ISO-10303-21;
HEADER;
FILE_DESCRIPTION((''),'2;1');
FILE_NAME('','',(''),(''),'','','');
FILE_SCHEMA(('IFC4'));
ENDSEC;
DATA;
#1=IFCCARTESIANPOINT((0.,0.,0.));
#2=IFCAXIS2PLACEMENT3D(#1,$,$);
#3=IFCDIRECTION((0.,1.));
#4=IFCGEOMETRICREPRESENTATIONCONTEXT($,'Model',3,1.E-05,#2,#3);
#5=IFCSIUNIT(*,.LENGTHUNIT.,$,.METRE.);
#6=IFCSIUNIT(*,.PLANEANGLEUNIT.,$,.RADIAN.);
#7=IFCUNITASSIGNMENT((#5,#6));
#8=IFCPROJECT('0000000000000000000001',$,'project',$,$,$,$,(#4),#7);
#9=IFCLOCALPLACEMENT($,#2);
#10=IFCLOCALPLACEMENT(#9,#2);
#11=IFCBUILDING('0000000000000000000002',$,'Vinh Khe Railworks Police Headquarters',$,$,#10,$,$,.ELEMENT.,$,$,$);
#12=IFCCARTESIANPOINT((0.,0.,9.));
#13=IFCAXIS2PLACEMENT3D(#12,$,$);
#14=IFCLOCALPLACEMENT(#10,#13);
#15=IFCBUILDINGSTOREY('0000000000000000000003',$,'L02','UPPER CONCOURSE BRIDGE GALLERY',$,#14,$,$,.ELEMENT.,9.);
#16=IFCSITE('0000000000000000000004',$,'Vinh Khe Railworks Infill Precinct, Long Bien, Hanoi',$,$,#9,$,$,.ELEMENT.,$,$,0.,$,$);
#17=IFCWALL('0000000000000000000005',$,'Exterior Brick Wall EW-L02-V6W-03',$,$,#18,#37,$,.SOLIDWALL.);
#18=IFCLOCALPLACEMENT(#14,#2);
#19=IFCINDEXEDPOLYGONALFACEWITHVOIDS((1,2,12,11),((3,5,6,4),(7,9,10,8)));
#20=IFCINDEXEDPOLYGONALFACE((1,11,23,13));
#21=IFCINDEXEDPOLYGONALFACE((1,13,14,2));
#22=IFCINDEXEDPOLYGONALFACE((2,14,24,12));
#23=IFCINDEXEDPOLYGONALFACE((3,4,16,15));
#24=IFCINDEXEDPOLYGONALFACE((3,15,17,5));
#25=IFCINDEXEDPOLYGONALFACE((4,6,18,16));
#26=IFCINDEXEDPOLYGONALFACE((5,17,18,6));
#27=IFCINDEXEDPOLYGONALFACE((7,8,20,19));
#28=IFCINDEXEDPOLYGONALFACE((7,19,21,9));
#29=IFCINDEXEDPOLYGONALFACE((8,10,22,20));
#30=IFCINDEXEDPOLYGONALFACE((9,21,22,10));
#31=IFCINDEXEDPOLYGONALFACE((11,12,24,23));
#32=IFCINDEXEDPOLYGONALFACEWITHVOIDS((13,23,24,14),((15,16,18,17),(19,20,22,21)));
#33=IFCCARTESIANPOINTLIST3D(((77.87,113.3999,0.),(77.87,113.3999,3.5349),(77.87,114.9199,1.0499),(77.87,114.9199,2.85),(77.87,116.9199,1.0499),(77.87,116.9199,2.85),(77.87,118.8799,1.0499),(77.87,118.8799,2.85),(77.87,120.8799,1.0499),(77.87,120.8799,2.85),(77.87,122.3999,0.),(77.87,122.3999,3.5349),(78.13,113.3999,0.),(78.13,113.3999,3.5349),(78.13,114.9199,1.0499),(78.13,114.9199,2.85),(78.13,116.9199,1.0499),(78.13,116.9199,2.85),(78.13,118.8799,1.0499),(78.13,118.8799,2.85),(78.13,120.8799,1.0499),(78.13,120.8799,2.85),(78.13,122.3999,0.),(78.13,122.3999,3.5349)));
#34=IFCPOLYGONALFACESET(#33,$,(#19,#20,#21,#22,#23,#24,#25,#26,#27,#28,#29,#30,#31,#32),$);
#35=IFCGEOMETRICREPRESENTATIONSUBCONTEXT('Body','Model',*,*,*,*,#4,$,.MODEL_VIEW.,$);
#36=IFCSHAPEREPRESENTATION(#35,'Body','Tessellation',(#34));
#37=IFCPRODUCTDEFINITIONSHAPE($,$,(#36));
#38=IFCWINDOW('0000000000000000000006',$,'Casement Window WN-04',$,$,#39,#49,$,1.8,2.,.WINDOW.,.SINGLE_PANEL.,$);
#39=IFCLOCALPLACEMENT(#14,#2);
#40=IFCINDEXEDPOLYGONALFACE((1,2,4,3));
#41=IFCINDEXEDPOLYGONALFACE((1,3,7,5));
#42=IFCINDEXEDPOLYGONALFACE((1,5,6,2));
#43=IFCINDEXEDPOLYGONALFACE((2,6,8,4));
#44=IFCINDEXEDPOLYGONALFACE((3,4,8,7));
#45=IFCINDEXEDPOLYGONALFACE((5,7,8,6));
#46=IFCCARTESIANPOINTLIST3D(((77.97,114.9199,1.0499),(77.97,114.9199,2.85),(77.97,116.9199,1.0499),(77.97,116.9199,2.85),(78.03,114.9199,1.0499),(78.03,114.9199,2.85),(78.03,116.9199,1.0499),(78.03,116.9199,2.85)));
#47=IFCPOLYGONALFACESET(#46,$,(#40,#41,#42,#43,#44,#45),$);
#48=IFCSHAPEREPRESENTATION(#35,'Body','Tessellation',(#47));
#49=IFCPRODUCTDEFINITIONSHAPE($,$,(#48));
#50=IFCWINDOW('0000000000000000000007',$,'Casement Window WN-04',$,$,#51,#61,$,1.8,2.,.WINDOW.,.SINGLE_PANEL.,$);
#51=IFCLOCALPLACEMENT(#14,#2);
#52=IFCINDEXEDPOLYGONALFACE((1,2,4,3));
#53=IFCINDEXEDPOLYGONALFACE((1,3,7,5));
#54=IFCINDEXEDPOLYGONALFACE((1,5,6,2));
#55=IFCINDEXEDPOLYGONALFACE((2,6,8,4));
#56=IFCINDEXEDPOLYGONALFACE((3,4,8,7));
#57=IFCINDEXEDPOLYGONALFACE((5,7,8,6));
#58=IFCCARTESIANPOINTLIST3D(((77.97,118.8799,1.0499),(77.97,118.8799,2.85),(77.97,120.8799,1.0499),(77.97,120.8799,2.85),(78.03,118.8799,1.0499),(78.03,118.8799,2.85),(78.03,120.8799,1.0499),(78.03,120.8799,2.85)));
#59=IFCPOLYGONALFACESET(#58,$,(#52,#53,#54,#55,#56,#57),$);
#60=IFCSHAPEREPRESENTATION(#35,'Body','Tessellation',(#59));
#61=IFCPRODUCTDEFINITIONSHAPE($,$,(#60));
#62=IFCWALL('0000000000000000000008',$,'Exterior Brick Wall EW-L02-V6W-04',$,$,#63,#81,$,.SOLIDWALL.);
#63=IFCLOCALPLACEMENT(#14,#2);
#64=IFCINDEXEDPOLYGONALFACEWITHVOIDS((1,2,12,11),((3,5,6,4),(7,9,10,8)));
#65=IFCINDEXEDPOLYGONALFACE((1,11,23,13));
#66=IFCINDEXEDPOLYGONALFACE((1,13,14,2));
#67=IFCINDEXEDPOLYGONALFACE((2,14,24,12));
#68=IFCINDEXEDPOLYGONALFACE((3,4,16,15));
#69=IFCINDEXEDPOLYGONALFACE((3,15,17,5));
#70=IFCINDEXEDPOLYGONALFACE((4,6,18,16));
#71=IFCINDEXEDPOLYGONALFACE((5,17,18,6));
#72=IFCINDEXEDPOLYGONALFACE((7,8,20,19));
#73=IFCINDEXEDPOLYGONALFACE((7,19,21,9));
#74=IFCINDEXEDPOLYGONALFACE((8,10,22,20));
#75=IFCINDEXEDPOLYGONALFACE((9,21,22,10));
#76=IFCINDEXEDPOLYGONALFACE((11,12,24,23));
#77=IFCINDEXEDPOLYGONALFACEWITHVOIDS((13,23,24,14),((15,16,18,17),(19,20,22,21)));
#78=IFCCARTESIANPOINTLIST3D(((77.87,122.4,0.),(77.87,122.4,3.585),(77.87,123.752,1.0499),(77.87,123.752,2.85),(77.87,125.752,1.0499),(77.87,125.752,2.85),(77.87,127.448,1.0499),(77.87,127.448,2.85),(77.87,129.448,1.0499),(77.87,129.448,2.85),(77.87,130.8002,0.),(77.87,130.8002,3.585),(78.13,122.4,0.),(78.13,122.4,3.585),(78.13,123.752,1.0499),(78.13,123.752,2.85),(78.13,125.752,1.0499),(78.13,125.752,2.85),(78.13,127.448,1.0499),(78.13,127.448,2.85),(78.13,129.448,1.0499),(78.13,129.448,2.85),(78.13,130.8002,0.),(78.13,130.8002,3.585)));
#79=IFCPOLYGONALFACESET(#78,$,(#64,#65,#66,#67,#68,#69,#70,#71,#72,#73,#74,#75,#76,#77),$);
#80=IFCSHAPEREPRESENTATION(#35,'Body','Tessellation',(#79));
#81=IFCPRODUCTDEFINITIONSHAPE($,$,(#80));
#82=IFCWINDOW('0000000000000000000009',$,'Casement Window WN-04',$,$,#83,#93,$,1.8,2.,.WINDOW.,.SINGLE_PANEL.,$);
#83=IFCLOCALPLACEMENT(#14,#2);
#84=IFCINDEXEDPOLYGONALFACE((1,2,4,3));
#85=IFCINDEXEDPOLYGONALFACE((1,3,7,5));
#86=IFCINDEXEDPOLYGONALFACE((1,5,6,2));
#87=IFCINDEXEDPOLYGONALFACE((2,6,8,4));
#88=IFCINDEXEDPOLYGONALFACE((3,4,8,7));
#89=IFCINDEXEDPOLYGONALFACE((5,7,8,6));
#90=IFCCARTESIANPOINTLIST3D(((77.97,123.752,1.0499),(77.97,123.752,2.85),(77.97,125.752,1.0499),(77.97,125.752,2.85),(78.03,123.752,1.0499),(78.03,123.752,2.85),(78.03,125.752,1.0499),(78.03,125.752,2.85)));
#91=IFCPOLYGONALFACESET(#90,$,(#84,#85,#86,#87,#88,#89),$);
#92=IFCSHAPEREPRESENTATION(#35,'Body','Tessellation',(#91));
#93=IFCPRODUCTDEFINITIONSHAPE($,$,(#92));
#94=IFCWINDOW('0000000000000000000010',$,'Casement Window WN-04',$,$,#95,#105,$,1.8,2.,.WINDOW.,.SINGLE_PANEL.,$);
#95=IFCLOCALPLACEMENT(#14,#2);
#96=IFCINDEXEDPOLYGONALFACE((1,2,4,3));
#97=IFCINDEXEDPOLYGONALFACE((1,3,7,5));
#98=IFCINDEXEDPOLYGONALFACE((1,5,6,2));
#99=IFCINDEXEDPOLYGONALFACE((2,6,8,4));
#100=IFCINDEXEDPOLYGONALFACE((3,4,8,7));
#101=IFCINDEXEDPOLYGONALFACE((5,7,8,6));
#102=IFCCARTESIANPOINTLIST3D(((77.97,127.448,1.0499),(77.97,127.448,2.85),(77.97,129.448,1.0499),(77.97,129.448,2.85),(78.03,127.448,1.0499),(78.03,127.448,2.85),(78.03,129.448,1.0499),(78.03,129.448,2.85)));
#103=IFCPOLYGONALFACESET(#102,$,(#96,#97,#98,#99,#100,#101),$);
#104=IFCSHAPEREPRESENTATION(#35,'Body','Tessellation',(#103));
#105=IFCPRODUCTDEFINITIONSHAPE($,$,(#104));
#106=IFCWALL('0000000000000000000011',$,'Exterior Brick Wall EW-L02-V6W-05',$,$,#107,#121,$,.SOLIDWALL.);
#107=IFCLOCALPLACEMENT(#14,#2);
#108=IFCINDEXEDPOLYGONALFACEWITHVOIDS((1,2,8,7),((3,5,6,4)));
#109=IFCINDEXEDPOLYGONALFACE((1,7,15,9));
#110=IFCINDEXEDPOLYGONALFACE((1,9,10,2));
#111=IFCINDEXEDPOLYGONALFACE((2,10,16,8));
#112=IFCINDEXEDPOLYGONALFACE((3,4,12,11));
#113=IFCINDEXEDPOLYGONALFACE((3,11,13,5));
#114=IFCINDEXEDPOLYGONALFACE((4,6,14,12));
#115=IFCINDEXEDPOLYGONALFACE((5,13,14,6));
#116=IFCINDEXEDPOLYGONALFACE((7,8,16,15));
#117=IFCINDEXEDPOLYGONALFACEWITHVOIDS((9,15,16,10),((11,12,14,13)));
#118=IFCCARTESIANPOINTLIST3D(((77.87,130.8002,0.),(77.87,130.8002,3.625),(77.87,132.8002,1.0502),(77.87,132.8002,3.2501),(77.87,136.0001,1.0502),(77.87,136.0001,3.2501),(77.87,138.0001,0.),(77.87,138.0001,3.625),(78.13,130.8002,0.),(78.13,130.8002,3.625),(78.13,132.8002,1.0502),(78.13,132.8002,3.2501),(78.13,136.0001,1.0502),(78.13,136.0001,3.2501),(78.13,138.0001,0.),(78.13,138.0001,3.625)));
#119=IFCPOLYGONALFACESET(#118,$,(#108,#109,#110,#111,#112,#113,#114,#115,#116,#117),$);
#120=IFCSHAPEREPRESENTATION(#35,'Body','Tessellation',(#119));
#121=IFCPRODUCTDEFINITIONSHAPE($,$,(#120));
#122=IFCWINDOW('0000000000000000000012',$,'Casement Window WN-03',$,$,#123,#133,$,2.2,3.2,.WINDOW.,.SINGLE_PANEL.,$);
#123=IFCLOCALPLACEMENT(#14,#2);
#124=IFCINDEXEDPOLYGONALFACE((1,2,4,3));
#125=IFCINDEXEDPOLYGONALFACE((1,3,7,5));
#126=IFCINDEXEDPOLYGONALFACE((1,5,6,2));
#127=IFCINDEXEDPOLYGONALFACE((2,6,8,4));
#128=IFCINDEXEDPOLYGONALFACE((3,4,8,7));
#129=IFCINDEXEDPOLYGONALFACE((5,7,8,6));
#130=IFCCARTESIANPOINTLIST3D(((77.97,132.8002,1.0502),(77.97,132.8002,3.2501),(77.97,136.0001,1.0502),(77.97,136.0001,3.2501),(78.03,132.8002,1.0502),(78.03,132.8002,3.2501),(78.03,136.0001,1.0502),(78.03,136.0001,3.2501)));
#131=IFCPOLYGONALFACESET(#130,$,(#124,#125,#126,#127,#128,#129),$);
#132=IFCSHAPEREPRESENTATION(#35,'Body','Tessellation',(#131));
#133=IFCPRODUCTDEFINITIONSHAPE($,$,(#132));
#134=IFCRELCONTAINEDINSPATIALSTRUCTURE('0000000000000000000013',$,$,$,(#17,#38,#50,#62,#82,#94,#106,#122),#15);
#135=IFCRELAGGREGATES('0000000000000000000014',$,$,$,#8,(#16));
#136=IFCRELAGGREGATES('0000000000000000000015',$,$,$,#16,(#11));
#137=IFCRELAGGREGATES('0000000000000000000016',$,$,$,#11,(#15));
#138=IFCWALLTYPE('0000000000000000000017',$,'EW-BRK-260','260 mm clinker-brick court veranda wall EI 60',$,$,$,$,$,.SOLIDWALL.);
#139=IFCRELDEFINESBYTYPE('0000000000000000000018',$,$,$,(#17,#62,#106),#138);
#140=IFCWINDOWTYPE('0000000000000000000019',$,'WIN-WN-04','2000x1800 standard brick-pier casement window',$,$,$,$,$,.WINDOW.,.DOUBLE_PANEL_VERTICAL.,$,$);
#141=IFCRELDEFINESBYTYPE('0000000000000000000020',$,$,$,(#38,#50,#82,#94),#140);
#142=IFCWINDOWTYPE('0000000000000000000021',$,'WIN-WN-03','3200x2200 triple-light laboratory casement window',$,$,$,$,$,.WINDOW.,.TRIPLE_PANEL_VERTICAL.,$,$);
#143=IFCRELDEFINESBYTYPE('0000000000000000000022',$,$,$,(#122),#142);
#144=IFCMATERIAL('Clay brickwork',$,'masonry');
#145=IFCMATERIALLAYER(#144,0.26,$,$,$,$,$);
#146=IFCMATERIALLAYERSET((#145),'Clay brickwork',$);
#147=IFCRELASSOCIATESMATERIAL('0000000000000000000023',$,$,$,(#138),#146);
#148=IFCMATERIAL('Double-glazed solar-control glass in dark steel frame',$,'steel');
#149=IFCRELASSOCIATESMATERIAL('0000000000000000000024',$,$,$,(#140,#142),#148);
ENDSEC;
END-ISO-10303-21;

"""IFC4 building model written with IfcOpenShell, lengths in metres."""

from ifc_helpers import new_model, si_unit, direction, frame, frame_2d, origin, place, context, subcontext, project, spatial, rectangle, extrude, material, layer, layer_set, type_object, element, fill, save


model = new_model("IFC4")

# Units and contexts
model_context = context("Model", 3, precision=1e-05, world=origin(), true_north=direction((0.0, 1.0)))
body_context = subcontext(model_context, "Body", "Model", "MODEL_VIEW")
ifc_project = project(units=[si_unit("LENGTHUNIT", "METRE"), si_unit("PLANEANGLEUNIT", "RADIAN")], contexts=[model_context])

# Site, building, storey
site_placement = place(None, origin())
site = spatial("IfcSite", under=ifc_project, at=site_placement, Name="Vinh Khe Railworks Infill Precinct, Long Bien, Hanoi", CompositionType="ELEMENT", RefElevation=0.0)
building_placement = place(site_placement, origin())
building = spatial("IfcBuilding", under=site, at=building_placement, Name="Vinh Khe Railworks Police Headquarters", CompositionType="ELEMENT")
storey_placement = place(building_placement, frame((0.0, 0.0, 9.0)))
storey = spatial("IfcBuildingStorey", under=building, at=storey_placement, Name="L02", Description="UPPER CONCOURSE BRIDGE GALLERY", CompositionType="ELEMENT", Elevation=9.0)

# Walls, openings, windows
ifc_material_1 = material(Name="Clay brickwork", Category="masonry")
ifc_layer_1 = layer(ifc_material_1, 0.26)
ifc_layer_set_1 = layer_set([ifc_layer_1], Name="Clay brickwork")
wall_type_1 = type_object("IfcWallType", Name="EW-BRK-260", Description="260 mm clinker-brick court veranda wall EI 60", PredefinedType="SOLIDWALL", material=ifc_layer_set_1)
wall_1_placement = place(storey_placement, frame((78.0, 113.3999, 0.0), z_axis=(0.0, 0.0, 1.0), x_axis=(0.0, 1.0, 0.0)))
wall_1 = element("IfcWall", 1, at=wall_1_placement, inside=storey, type_object=wall_type_1, Name="Exterior Brick Wall EW-L02-V6W-03", PredefinedType="SOLIDWALL", context=body_context, shape_type="SweptSolid", body=[
    extrude(rectangle(XDim=9.0, YDim=0.26, at=frame_2d((4.5, 0.0))), origin(), (0.0, 0.0, 1.0), 3.5349),
])
opening_1_placement = place(wall_1_placement, frame((1.52, 0.0, 1.05)))
opening_1 = element("IfcOpeningElement", 2, at=opening_1_placement, cuts=wall_1, PredefinedType="OPENING", context=body_context, shape_type="SweptSolid", body=[
    extrude(rectangle(XDim=2.0, YDim=1.8, at=frame_2d((1.0, 0.8999))), frame((0.0, 0.145, 0.0), z_axis=(0.0, -1.0, 0.0), x_axis=(1.0, 0.0, 0.0)), (0.0, 0.0, 1.0), 0.2898),
])
opening_2_placement = place(wall_1_placement, frame((5.48, 0.0, 1.05)))
opening_2 = element("IfcOpeningElement", 3, at=opening_2_placement, cuts=wall_1, PredefinedType="OPENING", context=body_context, shape_type="SweptSolid", body=[
    extrude(rectangle(XDim=2.0, YDim=1.8, at=frame_2d((1.0, 0.8999))), frame((0.0, 0.145, 0.0), z_axis=(0.0, -1.0, 0.0), x_axis=(1.0, 0.0, 0.0)), (0.0, 0.0, 1.0), 0.2898),
])
ifc_material_2 = material(Name="Double-glazed solar-control glass in dark steel frame", Category="steel")
window_type_1 = type_object("IfcWindowType", Name="WIN-WN-04", Description="2000x1800 standard brick-pier casement window", PartitioningType="DOUBLE_PANEL_VERTICAL", PredefinedType="WINDOW", material=ifc_material_2)
window_1_placement = place(opening_1_placement, origin())
window_1 = element("IfcWindow", 4, at=window_1_placement, inside=storey, type_object=window_type_1, Name="Casement Window WN-04", OverallHeight=1.8, OverallWidth=2.0, PartitioningType="SINGLE_PANEL", PredefinedType="WINDOW", context=body_context, shape_type="SweptSolid", body=[
    extrude(rectangle(XDim=2.0, YDim=1.8, at=frame_2d((1.0, 0.8999))), frame((0.0, 0.03, 0.0), z_axis=(0.0, -1.0, 0.0), x_axis=(1.0, 0.0, 0.0)), (0.0, 0.0, 1.0), 0.0601),
])
fill(opening_1, window_1)
window_2_placement = place(opening_2_placement, origin())
window_2 = element("IfcWindow", 5, at=window_2_placement, inside=storey, type_object=window_type_1, Name="Casement Window WN-04", OverallHeight=1.8, OverallWidth=2.0, PartitioningType="SINGLE_PANEL", PredefinedType="WINDOW", context=body_context, shape_type="SweptSolid", body=[
    extrude(rectangle(XDim=2.0, YDim=1.8, at=frame_2d((1.0, 0.8999))), frame((0.0, 0.03, 0.0), z_axis=(0.0, -1.0, 0.0), x_axis=(1.0, 0.0, 0.0)), (0.0, 0.0, 1.0), 0.0601),
])
fill(opening_2, window_2)
wall_2_placement = place(storey_placement, frame((78.0, 122.3999, 0.0), z_axis=(0.0, 0.0, 1.0), x_axis=(0.0, 1.0, 0.0)))
wall_2 = element("IfcWall", 6, at=wall_2_placement, inside=storey, type_object=wall_type_1, Name="Exterior Brick Wall EW-L02-V6W-04", PredefinedType="SOLIDWALL", context=body_context, shape_type="SweptSolid", body=[
    extrude(rectangle(XDim=8.4001, YDim=0.26, at=frame_2d((4.2002, 0.0))), origin(), (0.0, 0.0, 1.0), 3.585),
])
opening_3_placement = place(wall_2_placement, frame((1.3521, 0.0, 1.05)))
opening_3 = element("IfcOpeningElement", 7, at=opening_3_placement, cuts=wall_2, PredefinedType="OPENING", context=body_context, shape_type="SweptSolid", body=[
    extrude(rectangle(XDim=2.0, YDim=1.8, at=frame_2d((1.0, 0.8999))), frame((0.0, 0.145, 0.0), z_axis=(0.0, -1.0, 0.0), x_axis=(1.0, 0.0, 0.0)), (0.0, 0.0, 1.0), 0.2898),
])
opening_4_placement = place(wall_2_placement, frame((5.0481, 0.0, 1.05)))
opening_4 = element("IfcOpeningElement", 8, at=opening_4_placement, cuts=wall_2, PredefinedType="OPENING", context=body_context, shape_type="SweptSolid", body=[
    extrude(rectangle(XDim=2.0, YDim=1.8, at=frame_2d((1.0, 0.8999))), frame((0.0, 0.145, 0.0), z_axis=(0.0, -1.0, 0.0), x_axis=(1.0, 0.0, 0.0)), (0.0, 0.0, 1.0), 0.2898),
])
window_3_placement = place(opening_3_placement, origin())
window_3 = element("IfcWindow", 9, at=window_3_placement, inside=storey, type_object=window_type_1, Name="Casement Window WN-04", OverallHeight=1.8, OverallWidth=2.0, PartitioningType="SINGLE_PANEL", PredefinedType="WINDOW", context=body_context, shape_type="SweptSolid", body=[
    extrude(rectangle(XDim=2.0, YDim=1.8, at=frame_2d((1.0, 0.8999))), frame((0.0, 0.03, 0.0), z_axis=(0.0, -1.0, 0.0), x_axis=(1.0, 0.0, 0.0)), (0.0, 0.0, 1.0), 0.0601),
])
fill(opening_3, window_3)
window_4_placement = place(opening_4_placement, origin())
window_4 = element("IfcWindow", 10, at=window_4_placement, inside=storey, type_object=window_type_1, Name="Casement Window WN-04", OverallHeight=1.8, OverallWidth=2.0, PartitioningType="SINGLE_PANEL", PredefinedType="WINDOW", context=body_context, shape_type="SweptSolid", body=[
    extrude(rectangle(XDim=2.0, YDim=1.8, at=frame_2d((1.0, 0.8999))), frame((0.0, 0.03, 0.0), z_axis=(0.0, -1.0, 0.0), x_axis=(1.0, 0.0, 0.0)), (0.0, 0.0, 1.0), 0.0601),
])
fill(opening_4, window_4)

# Wall, opening, window
wall_3_placement = place(storey_placement, frame((78.0, 130.8, 0.0), z_axis=(0.0, 0.0, 1.0), x_axis=(0.0, 1.0, 0.0)))
wall_3 = element("IfcWall", 11, at=wall_3_placement, inside=storey, type_object=wall_type_1, Name="Exterior Brick Wall EW-L02-V6W-05", PredefinedType="SOLIDWALL", context=body_context, shape_type="SweptSolid", body=[
    extrude(rectangle(XDim=7.2, YDim=0.26, at=frame_2d((3.6001, 0.0))), origin(), (0.0, 0.0, 1.0), 3.625),
])
opening_5_placement = place(wall_3_placement, frame((2.0, 0.0, 1.05)))
opening_5 = element("IfcOpeningElement", 12, at=opening_5_placement, cuts=wall_3, PredefinedType="OPENING", context=body_context, shape_type="SweptSolid", body=[
    extrude(rectangle(XDim=3.2, YDim=2.2, at=frame_2d((1.6001, 1.1001))), frame((0.0, 0.145, 0.0), z_axis=(0.0, -1.0, 0.0), x_axis=(1.0, 0.0, 0.0)), (0.0, 0.0, 1.0), 0.2898),
])
window_type_2 = type_object("IfcWindowType", Name="WIN-WN-03", Description="3200x2200 triple-light laboratory casement window", PartitioningType="TRIPLE_PANEL_VERTICAL", PredefinedType="WINDOW", material=ifc_material_2)
window_5_placement = place(opening_5_placement, origin())
window_5 = element("IfcWindow", 13, at=window_5_placement, inside=storey, type_object=window_type_2, Name="Casement Window WN-03", OverallHeight=2.2, OverallWidth=3.2, PartitioningType="SINGLE_PANEL", PredefinedType="WINDOW", context=body_context, shape_type="SweptSolid", body=[
    extrude(rectangle(XDim=3.2, YDim=2.2, at=frame_2d((1.6001, 1.1001))), frame((0.0, 0.03, 0.0), z_axis=(0.0, -1.0, 0.0), x_axis=(1.0, 0.0, 0.0)), (0.0, 0.0, 1.0), 0.0601),
])
fill(opening_5, window_5)

save(model, "model.ifc")
